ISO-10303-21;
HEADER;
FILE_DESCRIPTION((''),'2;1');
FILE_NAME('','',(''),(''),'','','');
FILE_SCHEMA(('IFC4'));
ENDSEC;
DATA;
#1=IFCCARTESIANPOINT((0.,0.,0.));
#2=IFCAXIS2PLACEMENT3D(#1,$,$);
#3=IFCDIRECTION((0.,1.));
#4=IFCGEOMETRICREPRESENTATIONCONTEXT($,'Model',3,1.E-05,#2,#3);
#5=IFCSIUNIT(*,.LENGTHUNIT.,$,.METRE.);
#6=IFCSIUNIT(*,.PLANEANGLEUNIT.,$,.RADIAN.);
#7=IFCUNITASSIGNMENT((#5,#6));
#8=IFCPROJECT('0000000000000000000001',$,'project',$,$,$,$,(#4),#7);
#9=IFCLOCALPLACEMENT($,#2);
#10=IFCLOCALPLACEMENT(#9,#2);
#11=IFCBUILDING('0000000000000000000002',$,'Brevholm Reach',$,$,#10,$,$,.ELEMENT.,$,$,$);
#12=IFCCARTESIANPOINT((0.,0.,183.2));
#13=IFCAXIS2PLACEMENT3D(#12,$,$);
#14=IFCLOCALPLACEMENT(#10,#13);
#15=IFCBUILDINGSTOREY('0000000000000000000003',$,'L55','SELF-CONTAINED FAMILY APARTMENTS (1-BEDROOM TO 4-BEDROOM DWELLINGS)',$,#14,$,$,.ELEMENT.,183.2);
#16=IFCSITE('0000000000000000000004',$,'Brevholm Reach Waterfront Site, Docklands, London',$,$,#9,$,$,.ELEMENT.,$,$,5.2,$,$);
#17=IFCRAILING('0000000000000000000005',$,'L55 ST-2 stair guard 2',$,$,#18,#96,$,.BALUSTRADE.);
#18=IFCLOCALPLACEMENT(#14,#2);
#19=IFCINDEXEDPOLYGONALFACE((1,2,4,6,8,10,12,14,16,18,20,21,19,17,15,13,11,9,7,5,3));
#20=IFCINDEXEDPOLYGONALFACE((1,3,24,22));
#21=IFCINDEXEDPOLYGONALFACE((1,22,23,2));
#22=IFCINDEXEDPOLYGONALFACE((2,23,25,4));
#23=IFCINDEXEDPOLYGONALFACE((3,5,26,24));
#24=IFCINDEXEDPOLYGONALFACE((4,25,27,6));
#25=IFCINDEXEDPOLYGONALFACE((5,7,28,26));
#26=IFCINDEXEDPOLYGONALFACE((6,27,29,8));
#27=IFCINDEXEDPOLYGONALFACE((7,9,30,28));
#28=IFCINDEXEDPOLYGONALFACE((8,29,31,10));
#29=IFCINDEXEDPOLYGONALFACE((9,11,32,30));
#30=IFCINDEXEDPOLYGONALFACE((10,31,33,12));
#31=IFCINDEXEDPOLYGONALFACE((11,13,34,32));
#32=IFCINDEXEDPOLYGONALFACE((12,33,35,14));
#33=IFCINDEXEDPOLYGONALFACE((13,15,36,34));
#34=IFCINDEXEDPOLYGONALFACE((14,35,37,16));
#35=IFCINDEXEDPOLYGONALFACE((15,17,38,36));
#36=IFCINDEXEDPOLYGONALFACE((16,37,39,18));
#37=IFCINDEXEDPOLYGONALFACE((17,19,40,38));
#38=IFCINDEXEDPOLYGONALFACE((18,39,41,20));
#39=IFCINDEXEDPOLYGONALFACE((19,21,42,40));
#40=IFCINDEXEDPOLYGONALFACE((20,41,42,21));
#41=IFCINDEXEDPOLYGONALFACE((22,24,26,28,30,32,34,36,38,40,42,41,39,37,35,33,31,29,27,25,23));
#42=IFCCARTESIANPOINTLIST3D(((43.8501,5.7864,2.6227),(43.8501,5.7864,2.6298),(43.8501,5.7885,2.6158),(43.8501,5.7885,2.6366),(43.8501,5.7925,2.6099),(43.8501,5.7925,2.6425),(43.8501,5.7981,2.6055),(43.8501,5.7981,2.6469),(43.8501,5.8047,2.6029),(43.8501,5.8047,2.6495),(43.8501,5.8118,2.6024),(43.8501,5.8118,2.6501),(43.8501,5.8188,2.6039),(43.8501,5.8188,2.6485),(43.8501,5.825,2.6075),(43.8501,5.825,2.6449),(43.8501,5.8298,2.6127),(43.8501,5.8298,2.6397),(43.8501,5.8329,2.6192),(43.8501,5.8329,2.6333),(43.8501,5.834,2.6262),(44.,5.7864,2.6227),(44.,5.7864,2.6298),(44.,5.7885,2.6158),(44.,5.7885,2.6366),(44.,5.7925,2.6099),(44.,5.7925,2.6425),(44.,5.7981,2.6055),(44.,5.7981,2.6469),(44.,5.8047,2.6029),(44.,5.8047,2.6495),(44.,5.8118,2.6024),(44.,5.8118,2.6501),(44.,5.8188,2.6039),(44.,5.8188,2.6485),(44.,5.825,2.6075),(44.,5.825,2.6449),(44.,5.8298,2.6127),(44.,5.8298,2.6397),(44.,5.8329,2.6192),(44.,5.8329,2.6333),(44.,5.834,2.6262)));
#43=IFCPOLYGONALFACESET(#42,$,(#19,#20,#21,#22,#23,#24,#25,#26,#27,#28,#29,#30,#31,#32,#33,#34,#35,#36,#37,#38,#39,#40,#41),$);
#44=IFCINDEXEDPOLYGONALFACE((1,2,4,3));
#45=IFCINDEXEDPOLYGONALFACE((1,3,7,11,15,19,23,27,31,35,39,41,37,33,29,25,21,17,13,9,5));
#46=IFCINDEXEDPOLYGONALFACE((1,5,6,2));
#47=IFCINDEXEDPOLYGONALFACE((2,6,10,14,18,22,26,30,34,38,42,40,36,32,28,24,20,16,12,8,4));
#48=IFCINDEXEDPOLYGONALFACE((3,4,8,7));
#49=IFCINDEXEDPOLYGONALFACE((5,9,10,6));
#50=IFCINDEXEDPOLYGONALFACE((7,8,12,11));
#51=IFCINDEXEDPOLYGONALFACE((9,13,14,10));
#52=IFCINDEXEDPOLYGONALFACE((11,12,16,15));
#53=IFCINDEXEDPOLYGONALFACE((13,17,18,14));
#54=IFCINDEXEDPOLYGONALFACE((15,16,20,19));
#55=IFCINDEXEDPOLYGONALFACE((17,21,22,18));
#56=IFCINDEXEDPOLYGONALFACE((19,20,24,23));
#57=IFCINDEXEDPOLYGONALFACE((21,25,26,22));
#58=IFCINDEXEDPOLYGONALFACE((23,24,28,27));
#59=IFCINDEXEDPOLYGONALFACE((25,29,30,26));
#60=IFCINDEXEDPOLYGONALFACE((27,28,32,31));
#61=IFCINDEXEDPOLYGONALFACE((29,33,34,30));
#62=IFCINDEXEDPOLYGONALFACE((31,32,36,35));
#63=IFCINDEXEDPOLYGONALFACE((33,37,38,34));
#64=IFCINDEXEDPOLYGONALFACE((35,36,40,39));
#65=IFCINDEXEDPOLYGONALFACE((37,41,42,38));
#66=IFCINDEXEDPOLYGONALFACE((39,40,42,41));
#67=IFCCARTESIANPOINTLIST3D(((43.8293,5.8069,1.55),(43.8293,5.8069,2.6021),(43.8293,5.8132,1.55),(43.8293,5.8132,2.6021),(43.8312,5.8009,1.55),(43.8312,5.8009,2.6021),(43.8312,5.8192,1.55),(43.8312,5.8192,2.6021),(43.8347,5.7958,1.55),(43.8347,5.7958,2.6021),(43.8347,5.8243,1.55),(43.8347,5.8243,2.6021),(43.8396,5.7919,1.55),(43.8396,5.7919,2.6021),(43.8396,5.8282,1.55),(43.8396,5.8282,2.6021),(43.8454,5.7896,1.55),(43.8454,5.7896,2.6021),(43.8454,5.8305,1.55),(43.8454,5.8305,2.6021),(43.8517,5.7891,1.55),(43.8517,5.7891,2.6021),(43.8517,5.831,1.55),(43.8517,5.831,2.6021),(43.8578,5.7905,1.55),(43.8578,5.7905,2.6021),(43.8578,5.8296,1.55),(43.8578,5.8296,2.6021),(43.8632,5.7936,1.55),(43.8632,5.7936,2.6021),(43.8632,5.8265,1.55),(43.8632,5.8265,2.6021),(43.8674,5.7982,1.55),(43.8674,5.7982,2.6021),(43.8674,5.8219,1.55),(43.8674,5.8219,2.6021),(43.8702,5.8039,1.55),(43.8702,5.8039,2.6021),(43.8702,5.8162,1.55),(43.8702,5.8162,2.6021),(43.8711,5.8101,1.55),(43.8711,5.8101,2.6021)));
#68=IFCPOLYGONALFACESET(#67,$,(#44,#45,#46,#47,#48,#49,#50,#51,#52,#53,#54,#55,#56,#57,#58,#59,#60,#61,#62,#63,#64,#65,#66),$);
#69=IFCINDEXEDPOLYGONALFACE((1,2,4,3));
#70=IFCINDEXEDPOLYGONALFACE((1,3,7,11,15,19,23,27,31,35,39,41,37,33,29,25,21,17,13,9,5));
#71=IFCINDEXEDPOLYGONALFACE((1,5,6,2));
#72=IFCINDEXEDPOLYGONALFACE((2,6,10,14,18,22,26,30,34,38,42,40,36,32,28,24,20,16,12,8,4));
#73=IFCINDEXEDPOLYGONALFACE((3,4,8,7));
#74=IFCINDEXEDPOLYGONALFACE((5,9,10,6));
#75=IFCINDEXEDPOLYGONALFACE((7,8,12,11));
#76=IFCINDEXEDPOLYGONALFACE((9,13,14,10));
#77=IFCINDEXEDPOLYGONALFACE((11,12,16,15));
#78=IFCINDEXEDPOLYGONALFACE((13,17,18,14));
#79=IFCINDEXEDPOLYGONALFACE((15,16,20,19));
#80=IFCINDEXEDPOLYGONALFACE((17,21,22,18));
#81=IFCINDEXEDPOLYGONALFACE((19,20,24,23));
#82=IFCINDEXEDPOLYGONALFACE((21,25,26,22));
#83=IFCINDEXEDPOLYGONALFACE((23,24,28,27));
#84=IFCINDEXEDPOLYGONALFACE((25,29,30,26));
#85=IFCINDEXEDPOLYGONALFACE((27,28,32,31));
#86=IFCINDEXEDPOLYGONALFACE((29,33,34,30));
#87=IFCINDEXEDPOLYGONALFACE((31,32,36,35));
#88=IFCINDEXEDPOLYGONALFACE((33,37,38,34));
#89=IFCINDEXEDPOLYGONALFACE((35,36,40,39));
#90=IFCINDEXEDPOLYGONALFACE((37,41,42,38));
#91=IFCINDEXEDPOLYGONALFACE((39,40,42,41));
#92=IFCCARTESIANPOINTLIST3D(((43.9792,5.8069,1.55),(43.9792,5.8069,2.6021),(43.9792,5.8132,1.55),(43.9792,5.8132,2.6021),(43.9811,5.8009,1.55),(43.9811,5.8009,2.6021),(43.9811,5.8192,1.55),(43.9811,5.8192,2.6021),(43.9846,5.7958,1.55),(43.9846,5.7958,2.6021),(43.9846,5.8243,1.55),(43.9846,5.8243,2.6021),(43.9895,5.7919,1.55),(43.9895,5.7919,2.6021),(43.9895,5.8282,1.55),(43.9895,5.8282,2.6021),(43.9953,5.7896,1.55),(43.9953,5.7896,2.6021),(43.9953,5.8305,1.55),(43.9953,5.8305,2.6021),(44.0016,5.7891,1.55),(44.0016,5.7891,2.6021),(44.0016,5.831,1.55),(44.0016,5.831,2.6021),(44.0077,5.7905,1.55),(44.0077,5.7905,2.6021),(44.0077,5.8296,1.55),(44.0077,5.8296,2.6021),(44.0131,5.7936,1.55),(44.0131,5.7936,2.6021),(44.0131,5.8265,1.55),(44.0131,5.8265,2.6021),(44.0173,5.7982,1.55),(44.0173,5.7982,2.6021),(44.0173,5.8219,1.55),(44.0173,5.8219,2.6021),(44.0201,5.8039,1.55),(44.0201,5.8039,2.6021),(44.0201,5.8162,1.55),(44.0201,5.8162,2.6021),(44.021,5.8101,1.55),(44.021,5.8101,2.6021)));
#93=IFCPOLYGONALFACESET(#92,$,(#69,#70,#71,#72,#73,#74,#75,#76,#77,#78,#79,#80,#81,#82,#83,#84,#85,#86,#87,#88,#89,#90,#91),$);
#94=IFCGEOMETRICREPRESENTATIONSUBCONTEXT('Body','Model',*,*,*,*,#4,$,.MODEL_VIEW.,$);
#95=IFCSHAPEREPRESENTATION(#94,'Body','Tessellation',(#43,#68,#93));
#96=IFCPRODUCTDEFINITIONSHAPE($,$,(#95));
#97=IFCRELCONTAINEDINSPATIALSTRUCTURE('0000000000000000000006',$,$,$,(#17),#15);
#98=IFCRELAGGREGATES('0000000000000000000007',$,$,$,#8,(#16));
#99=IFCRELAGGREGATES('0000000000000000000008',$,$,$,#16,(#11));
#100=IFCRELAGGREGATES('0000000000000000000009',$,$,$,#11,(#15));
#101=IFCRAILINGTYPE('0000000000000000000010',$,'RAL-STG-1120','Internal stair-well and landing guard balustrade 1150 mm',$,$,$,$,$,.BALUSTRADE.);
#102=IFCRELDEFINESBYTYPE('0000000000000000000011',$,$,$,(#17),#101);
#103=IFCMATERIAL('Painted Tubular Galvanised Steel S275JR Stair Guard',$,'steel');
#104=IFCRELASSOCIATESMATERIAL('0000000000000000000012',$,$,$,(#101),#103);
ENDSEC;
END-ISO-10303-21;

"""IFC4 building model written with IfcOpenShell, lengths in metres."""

from ifc_helpers import new_model, si_unit, direction, frame, origin, origin_2d, place, context, subcontext, project, spatial, circle, extrude, material, type_object, element, save


model = new_model("IFC4")

# Units and contexts
model_context = context("Model", 3, precision=1e-05, world=origin(), true_north=direction((0.0, 1.0)))
body_context = subcontext(model_context, "Body", "Model", "MODEL_VIEW")
ifc_project = project(units=[si_unit("LENGTHUNIT", "METRE"), si_unit("PLANEANGLEUNIT", "RADIAN")], contexts=[model_context])

# Site, building, storey
site_placement = place(None, origin())
site = spatial("IfcSite", under=ifc_project, at=site_placement, Name="Brevholm Reach Waterfront Site, Docklands, London", CompositionType="ELEMENT", RefElevation=5.2)
building_placement = place(site_placement, origin())
building = spatial("IfcBuilding", under=site, at=building_placement, Name="Brevholm Reach", CompositionType="ELEMENT")
storey_placement = place(building_placement, frame((0.0, 0.0, 183.2)))
storey = spatial("IfcBuildingStorey", under=building, at=storey_placement, Name="L55", Description="SELF-CONTAINED FAMILY APARTMENTS (1-BEDROOM TO 4-BEDROOM DWELLINGS)", CompositionType="ELEMENT", Elevation=183.2)

# Railing
ifc_material_1 = material(Name="Painted Tubular Galvanised Steel S275JR Stair Guard", Category="steel")
railing_type_1 = type_object("IfcRailingType", Name="RAL-STG-1120", Description="Internal stair-well and landing guard balustrade 1150 mm", PredefinedType="BALUSTRADE", material=ifc_material_1)
railing_1_placement = place(storey_placement, frame((43.8501, 5.8101, 1.55)))
element("IfcRailing", 1, at=railing_1_placement, inside=storey, type_object=railing_type_1, Name="L55 ST-2 stair guard 2", PredefinedType="BALUSTRADE", context=body_context, shape_type="SweptSolid", body=[
    extrude(circle(Radius=0.0239, at=origin_2d()), frame((0.0, 0.0, 1.0762), z_axis=(1.0, 0.0, 0.0), x_axis=(0.0, 1.0, 0.0)), (0.0, 0.0, 1.0), 0.1499),
    extrude(circle(Radius=0.021, at=origin_2d()), origin(), (0.0, 0.0, 1.0), 1.052),
    extrude(circle(Radius=0.021, at=origin_2d()), frame((0.1499, 0.0, 0.0)), (0.0, 0.0, 1.0), 1.052),
])

save(model, "model.ifc")
